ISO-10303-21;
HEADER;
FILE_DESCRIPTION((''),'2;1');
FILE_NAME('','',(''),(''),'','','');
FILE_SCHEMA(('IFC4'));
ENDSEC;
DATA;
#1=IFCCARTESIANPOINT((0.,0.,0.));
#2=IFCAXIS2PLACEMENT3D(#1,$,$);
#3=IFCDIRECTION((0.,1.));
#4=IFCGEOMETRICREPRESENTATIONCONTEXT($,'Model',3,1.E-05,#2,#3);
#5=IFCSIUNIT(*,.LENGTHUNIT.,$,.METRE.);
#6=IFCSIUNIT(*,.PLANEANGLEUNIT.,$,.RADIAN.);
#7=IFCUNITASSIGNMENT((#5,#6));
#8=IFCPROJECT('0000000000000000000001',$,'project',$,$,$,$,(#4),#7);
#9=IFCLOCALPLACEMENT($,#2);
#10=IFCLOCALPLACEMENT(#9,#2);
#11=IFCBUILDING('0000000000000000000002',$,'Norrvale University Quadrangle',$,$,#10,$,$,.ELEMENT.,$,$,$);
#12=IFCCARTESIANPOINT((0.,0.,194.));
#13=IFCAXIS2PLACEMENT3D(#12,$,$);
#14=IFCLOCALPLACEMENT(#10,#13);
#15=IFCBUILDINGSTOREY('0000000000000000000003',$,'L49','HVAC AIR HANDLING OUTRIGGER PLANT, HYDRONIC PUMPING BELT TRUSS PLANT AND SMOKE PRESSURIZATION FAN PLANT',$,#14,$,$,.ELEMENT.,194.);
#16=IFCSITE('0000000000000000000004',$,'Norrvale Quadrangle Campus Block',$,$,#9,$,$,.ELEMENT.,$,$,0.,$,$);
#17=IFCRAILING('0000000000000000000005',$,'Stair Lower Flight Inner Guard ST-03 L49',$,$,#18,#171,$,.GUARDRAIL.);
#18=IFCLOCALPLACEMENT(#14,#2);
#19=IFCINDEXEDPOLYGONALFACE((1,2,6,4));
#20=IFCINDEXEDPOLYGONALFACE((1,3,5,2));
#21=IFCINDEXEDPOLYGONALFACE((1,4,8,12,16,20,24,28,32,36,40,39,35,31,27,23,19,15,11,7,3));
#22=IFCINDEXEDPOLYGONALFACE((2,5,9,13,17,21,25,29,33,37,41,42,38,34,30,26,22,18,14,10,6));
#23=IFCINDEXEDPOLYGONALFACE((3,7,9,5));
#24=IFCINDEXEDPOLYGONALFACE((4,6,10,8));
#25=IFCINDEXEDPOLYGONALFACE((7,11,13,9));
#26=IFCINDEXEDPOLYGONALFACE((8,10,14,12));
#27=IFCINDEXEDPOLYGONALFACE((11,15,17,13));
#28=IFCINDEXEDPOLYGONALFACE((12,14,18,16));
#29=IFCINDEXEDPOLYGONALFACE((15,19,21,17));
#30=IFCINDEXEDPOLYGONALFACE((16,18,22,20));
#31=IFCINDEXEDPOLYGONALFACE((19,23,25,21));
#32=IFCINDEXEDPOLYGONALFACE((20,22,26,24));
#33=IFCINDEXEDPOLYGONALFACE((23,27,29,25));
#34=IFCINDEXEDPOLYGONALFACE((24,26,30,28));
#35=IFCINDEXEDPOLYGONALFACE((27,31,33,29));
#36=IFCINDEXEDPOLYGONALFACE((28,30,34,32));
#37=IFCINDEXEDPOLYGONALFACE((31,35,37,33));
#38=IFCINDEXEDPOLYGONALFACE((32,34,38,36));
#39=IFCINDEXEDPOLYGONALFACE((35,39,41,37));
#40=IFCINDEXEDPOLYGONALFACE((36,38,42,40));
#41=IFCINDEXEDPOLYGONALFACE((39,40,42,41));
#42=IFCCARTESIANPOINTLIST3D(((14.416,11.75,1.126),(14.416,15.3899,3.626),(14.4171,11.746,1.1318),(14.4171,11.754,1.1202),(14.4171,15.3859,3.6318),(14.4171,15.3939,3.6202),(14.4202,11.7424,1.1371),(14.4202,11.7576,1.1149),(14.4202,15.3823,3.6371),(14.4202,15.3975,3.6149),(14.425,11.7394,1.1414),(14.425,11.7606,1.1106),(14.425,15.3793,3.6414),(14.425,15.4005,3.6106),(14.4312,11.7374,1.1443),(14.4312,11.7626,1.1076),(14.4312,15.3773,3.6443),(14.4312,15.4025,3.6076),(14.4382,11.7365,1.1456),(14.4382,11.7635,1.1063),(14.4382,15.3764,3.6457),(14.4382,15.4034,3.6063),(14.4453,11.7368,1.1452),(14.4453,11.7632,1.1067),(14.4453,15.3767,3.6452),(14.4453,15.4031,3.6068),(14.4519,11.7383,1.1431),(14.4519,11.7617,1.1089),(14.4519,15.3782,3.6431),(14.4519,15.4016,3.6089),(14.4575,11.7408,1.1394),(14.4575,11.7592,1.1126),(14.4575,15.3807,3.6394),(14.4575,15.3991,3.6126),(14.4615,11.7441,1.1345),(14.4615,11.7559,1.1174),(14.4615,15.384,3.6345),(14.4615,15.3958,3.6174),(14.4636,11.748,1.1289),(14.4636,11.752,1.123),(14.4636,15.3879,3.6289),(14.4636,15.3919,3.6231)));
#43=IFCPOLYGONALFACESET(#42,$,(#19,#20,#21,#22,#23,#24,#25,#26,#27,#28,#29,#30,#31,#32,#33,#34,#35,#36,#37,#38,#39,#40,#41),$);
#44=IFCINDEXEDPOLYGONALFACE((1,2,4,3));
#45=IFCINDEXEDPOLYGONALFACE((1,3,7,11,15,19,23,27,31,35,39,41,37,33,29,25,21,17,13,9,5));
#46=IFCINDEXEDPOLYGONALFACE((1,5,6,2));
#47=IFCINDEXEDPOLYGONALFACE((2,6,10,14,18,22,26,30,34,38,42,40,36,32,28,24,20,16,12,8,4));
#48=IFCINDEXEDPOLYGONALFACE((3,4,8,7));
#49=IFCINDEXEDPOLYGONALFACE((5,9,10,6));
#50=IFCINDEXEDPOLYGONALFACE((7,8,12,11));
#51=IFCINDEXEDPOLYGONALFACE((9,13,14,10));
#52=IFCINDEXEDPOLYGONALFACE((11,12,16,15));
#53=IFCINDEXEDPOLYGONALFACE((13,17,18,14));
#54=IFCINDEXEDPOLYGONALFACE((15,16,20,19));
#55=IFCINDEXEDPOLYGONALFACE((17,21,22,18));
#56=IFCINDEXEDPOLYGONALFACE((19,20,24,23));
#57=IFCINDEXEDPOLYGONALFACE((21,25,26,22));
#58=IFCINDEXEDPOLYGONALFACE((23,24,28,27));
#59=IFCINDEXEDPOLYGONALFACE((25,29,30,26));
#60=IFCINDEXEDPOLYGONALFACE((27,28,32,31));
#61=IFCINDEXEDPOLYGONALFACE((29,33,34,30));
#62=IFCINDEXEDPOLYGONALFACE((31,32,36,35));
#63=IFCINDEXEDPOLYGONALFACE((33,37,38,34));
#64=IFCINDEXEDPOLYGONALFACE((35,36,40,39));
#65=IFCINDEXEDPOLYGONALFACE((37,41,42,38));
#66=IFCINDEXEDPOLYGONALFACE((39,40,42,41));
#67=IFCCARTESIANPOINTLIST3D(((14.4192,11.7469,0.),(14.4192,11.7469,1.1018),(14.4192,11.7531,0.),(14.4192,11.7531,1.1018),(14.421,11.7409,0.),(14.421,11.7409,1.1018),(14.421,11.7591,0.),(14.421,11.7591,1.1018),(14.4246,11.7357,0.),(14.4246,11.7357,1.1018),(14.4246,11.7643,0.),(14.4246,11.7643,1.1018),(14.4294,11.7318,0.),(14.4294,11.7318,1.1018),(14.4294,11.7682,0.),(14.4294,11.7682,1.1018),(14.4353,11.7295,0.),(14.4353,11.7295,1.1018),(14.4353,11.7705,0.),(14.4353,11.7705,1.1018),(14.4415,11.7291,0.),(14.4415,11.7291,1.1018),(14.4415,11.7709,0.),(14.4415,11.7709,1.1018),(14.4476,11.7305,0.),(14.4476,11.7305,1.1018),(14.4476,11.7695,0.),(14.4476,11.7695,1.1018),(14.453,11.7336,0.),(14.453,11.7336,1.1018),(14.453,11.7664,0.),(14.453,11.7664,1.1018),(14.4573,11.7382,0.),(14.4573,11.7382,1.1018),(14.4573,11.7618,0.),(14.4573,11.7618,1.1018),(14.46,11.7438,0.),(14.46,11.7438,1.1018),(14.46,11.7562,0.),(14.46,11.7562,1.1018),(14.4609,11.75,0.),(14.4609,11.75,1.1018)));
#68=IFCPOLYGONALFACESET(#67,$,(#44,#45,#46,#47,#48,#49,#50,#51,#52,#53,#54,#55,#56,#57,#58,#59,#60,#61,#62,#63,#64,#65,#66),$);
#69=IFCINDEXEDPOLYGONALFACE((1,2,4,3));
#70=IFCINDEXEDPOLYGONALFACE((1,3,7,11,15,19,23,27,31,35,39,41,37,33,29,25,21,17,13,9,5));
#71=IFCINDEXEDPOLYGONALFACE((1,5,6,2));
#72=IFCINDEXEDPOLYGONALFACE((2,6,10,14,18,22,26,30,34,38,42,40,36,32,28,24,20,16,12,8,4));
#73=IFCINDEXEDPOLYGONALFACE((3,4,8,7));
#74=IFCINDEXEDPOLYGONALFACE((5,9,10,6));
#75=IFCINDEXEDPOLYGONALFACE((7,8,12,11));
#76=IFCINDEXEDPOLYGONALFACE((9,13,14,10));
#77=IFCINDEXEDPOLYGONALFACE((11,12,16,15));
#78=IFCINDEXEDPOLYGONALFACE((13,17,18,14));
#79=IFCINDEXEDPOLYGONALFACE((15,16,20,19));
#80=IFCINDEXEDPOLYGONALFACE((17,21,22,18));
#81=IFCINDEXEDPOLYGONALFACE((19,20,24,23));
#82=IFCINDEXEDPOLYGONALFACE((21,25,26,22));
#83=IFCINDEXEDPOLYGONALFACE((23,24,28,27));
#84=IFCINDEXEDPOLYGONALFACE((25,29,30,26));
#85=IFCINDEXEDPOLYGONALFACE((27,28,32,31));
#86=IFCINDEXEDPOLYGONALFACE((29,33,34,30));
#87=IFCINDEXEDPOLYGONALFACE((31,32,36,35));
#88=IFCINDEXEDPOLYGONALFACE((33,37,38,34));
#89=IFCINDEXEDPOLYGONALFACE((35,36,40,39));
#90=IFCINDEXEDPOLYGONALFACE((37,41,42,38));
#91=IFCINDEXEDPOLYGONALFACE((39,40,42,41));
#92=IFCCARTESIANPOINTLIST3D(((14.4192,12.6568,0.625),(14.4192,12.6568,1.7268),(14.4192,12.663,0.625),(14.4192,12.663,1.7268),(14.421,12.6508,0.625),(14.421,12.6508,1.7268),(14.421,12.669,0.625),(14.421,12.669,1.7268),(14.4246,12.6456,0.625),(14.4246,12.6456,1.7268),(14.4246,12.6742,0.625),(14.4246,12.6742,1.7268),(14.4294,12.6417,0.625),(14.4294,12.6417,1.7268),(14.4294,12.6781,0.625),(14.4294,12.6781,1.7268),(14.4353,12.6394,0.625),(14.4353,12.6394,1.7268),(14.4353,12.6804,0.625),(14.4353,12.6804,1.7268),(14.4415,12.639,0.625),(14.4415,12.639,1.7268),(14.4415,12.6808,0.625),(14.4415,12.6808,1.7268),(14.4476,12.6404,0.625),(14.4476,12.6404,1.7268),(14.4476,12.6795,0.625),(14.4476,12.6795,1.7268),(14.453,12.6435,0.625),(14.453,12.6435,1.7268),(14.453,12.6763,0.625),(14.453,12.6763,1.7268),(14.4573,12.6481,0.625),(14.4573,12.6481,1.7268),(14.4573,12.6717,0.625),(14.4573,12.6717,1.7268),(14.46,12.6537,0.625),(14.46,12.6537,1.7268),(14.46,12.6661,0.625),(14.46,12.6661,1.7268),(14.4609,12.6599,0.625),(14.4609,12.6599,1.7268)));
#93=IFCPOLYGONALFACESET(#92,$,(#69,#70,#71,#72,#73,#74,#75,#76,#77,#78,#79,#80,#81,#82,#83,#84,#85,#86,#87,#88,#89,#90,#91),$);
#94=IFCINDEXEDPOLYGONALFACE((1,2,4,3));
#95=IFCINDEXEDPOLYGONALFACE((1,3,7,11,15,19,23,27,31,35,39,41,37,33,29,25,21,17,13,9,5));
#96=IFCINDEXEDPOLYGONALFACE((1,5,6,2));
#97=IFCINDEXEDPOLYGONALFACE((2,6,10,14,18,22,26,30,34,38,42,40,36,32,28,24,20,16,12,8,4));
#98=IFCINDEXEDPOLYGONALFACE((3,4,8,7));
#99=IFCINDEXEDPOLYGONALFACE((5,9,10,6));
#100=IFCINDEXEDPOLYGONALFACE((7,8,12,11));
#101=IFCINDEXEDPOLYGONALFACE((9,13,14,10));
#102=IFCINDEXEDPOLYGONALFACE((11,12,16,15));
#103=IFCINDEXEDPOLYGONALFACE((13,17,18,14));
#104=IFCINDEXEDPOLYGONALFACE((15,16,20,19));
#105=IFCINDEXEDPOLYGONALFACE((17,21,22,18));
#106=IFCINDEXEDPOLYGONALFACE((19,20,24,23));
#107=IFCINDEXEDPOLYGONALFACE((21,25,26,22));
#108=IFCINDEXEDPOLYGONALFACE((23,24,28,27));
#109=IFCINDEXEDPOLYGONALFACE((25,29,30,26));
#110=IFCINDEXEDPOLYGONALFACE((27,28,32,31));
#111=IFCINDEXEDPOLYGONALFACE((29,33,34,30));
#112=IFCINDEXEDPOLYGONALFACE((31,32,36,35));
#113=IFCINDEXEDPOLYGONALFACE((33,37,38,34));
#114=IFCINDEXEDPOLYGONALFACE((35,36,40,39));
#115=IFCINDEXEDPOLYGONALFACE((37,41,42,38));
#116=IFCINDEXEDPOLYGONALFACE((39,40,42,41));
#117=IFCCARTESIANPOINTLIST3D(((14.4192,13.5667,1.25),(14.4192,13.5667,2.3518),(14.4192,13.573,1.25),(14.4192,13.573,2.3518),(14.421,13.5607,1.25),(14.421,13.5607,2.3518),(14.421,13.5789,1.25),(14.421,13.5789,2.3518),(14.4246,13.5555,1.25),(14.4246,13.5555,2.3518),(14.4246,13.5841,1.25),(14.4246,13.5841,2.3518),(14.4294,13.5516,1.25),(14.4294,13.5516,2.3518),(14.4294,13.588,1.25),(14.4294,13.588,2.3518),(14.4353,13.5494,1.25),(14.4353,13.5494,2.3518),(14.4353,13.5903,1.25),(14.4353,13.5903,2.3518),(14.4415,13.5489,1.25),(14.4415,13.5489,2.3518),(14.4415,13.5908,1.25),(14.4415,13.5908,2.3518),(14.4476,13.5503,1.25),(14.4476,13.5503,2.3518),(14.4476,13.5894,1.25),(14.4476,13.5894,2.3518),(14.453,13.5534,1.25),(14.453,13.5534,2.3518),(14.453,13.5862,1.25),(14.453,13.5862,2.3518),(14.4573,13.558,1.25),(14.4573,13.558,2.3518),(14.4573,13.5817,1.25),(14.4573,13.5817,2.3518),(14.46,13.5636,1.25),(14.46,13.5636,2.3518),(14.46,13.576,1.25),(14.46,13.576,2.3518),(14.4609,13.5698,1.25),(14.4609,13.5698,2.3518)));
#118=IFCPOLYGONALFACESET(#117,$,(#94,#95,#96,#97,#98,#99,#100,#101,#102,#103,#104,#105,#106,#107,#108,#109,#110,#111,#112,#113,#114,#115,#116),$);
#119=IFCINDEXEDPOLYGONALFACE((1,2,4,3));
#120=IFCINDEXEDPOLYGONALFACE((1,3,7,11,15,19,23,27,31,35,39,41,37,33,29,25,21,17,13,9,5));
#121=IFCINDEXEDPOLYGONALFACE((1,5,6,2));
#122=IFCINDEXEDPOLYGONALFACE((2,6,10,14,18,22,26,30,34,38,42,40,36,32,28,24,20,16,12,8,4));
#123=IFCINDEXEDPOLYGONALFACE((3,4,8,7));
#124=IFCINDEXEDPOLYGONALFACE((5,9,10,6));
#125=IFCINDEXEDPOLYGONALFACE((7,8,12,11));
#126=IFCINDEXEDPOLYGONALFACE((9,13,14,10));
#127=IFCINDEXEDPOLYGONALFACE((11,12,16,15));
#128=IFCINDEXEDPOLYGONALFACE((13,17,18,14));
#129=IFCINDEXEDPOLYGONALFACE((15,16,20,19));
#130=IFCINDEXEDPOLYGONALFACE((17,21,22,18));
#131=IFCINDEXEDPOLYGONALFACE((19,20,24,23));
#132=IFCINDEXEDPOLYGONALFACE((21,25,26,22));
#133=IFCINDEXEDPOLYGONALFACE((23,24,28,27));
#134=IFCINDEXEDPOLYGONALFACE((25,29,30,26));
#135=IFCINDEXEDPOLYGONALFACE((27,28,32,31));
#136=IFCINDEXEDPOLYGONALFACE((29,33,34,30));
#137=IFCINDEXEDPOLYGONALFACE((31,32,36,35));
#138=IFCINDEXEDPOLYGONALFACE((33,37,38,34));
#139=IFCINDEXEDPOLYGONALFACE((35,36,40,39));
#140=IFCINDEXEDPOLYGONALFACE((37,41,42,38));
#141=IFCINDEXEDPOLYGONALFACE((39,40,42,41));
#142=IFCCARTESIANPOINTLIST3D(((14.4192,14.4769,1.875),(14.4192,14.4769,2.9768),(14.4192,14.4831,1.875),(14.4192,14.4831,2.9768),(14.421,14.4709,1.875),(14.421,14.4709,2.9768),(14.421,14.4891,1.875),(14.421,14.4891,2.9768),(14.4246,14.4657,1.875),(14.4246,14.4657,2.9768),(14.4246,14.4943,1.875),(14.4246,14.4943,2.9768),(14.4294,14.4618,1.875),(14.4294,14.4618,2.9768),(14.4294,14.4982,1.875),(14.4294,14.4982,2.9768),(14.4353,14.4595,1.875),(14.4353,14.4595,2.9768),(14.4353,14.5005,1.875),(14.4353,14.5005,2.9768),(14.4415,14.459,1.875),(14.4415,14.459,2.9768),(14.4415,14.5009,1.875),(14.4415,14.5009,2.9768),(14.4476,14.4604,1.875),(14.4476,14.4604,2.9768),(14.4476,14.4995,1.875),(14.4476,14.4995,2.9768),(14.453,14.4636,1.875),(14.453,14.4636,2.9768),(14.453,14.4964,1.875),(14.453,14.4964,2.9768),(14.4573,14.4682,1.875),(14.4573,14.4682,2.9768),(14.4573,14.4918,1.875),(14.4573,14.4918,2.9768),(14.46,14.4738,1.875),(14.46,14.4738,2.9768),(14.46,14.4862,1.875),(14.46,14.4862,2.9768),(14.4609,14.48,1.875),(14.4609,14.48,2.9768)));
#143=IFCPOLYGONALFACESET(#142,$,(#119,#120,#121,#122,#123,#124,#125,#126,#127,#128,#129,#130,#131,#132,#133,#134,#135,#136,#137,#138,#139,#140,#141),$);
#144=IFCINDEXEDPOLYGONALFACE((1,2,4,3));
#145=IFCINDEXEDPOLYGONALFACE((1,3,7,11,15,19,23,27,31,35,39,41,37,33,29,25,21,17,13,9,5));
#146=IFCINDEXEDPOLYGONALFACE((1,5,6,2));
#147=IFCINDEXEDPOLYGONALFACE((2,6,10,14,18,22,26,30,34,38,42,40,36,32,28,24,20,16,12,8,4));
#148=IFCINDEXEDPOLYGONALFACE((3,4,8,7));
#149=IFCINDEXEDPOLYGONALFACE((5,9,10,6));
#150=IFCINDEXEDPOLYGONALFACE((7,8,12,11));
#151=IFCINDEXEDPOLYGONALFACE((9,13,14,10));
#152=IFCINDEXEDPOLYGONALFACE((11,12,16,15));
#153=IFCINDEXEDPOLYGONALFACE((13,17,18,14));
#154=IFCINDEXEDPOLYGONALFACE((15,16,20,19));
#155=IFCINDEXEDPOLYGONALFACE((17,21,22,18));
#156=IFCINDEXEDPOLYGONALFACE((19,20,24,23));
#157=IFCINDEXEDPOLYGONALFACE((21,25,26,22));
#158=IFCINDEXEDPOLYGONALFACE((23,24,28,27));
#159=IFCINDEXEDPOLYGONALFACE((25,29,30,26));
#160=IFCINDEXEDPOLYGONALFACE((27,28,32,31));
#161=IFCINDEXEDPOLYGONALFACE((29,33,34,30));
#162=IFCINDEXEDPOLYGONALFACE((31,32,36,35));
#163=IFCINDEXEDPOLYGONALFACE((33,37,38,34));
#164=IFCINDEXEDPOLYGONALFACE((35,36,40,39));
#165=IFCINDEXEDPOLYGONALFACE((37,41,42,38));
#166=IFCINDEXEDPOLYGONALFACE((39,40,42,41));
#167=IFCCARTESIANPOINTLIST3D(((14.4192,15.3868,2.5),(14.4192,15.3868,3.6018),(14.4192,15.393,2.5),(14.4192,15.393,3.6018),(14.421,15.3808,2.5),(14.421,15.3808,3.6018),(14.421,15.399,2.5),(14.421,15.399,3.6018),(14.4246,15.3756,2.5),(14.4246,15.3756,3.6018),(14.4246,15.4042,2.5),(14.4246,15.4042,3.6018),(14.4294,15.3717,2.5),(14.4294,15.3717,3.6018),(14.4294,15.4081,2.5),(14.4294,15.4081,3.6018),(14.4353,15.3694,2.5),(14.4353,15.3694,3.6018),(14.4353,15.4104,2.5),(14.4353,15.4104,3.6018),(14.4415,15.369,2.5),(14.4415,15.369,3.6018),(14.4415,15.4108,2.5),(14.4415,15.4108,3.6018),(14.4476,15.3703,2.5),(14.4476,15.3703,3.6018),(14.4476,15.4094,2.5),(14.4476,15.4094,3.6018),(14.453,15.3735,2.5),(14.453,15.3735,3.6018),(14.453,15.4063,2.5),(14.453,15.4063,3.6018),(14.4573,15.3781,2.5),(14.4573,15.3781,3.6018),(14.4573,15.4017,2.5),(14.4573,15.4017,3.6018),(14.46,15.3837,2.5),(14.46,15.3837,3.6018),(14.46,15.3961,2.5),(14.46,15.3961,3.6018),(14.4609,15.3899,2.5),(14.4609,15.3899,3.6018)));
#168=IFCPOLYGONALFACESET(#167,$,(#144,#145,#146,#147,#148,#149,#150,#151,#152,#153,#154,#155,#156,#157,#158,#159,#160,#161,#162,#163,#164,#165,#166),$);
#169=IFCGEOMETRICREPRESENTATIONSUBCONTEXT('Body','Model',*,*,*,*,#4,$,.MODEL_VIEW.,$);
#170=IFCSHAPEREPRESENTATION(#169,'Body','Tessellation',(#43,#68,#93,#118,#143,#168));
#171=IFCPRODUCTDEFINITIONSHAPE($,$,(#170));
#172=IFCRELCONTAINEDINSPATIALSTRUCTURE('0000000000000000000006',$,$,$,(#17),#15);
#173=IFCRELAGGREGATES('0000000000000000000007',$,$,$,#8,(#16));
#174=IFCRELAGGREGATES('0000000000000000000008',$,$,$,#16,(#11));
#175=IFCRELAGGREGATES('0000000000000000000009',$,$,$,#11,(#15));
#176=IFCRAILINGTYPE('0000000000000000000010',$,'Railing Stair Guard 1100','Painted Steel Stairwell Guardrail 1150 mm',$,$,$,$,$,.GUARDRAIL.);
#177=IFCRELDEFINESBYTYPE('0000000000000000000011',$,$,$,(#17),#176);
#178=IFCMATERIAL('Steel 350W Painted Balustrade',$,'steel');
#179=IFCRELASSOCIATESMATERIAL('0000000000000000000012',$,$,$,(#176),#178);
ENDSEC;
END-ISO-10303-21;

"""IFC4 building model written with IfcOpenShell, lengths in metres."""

from ifc_helpers import new_model, si_unit, direction, frame, origin, origin_2d, place, context, subcontext, project, spatial, circle, extrude, material, type_object, element, save


model = new_model("IFC4")

# Units and contexts
model_context = context("Model", 3, precision=1e-05, world=origin(), true_north=direction((0.0, 1.0)))
body_context = subcontext(model_context, "Body", "Model", "MODEL_VIEW")
ifc_project = project(units=[si_unit("LENGTHUNIT", "METRE"), si_unit("PLANEANGLEUNIT", "RADIAN")], contexts=[model_context])

# Site, building, storey
site_placement = place(None, origin())
site = spatial("IfcSite", under=ifc_project, at=site_placement, Name="Norrvale Quadrangle Campus Block", CompositionType="ELEMENT", RefElevation=0.0)
building_placement = place(site_placement, origin())
building = spatial("IfcBuilding", under=site, at=building_placement, Name="Norrvale University Quadrangle", CompositionType="ELEMENT")
storey_placement = place(building_placement, frame((0.0, 0.0, 194.0)))
storey = spatial("IfcBuildingStorey", under=building, at=storey_placement, Name="L49", Description="HVAC AIR HANDLING OUTRIGGER PLANT, HYDRONIC PUMPING BELT TRUSS PLANT AND SMOKE PRESSURIZATION FAN PLANT", CompositionType="ELEMENT", Elevation=194.0)

# Railing
ifc_material_1 = material(Name="Steel 350W Painted Balustrade", Category="steel")
railing_type_1 = type_object("IfcRailingType", Name="Railing Stair Guard 1100", Description="Painted Steel Stairwell Guardrail 1150 mm", PredefinedType="GUARDRAIL", material=ifc_material_1)
railing_1_placement = place(storey_placement, frame((14.4399, 11.75, 0.0)))
element("IfcRailing", 1, at=railing_1_placement, inside=storey, type_object=railing_type_1, Name="Stair Lower Flight Inner Guard ST-03 L49", PredefinedType="GUARDRAIL", context=body_context, shape_type="SweptSolid", body=[
    extrude(circle(Radius=0.0239, at=origin_2d()), frame((0.0, 0.0, 1.126), z_axis=(0.0, 0.824298, 0.566156), x_axis=(-1.0, 0.0, 0.0)), (0.0, 0.0, 1.0), 4.4158),
    extrude(circle(Radius=0.021, at=origin_2d()), origin(), (0.0, 0.0, 1.0), 1.1018),
    extrude(circle(Radius=0.021, at=origin_2d()), frame((0.0, 0.9099, 0.625)), (0.0, 0.0, 1.0), 1.1018),
    extrude(circle(Radius=0.021, at=origin_2d()), frame((0.0, 1.8198, 1.25)), (0.0, 0.0, 1.0), 1.1018),
    extrude(circle(Radius=0.021, at=origin_2d()), frame((0.0, 2.73, 1.875)), (0.0, 0.0, 1.0), 1.1018),
    extrude(circle(Radius=0.021, at=origin_2d()), frame((0.0, 3.6399, 2.5)), (0.0, 0.0, 1.0), 1.1018),
])

save(model, "model.ifc")
